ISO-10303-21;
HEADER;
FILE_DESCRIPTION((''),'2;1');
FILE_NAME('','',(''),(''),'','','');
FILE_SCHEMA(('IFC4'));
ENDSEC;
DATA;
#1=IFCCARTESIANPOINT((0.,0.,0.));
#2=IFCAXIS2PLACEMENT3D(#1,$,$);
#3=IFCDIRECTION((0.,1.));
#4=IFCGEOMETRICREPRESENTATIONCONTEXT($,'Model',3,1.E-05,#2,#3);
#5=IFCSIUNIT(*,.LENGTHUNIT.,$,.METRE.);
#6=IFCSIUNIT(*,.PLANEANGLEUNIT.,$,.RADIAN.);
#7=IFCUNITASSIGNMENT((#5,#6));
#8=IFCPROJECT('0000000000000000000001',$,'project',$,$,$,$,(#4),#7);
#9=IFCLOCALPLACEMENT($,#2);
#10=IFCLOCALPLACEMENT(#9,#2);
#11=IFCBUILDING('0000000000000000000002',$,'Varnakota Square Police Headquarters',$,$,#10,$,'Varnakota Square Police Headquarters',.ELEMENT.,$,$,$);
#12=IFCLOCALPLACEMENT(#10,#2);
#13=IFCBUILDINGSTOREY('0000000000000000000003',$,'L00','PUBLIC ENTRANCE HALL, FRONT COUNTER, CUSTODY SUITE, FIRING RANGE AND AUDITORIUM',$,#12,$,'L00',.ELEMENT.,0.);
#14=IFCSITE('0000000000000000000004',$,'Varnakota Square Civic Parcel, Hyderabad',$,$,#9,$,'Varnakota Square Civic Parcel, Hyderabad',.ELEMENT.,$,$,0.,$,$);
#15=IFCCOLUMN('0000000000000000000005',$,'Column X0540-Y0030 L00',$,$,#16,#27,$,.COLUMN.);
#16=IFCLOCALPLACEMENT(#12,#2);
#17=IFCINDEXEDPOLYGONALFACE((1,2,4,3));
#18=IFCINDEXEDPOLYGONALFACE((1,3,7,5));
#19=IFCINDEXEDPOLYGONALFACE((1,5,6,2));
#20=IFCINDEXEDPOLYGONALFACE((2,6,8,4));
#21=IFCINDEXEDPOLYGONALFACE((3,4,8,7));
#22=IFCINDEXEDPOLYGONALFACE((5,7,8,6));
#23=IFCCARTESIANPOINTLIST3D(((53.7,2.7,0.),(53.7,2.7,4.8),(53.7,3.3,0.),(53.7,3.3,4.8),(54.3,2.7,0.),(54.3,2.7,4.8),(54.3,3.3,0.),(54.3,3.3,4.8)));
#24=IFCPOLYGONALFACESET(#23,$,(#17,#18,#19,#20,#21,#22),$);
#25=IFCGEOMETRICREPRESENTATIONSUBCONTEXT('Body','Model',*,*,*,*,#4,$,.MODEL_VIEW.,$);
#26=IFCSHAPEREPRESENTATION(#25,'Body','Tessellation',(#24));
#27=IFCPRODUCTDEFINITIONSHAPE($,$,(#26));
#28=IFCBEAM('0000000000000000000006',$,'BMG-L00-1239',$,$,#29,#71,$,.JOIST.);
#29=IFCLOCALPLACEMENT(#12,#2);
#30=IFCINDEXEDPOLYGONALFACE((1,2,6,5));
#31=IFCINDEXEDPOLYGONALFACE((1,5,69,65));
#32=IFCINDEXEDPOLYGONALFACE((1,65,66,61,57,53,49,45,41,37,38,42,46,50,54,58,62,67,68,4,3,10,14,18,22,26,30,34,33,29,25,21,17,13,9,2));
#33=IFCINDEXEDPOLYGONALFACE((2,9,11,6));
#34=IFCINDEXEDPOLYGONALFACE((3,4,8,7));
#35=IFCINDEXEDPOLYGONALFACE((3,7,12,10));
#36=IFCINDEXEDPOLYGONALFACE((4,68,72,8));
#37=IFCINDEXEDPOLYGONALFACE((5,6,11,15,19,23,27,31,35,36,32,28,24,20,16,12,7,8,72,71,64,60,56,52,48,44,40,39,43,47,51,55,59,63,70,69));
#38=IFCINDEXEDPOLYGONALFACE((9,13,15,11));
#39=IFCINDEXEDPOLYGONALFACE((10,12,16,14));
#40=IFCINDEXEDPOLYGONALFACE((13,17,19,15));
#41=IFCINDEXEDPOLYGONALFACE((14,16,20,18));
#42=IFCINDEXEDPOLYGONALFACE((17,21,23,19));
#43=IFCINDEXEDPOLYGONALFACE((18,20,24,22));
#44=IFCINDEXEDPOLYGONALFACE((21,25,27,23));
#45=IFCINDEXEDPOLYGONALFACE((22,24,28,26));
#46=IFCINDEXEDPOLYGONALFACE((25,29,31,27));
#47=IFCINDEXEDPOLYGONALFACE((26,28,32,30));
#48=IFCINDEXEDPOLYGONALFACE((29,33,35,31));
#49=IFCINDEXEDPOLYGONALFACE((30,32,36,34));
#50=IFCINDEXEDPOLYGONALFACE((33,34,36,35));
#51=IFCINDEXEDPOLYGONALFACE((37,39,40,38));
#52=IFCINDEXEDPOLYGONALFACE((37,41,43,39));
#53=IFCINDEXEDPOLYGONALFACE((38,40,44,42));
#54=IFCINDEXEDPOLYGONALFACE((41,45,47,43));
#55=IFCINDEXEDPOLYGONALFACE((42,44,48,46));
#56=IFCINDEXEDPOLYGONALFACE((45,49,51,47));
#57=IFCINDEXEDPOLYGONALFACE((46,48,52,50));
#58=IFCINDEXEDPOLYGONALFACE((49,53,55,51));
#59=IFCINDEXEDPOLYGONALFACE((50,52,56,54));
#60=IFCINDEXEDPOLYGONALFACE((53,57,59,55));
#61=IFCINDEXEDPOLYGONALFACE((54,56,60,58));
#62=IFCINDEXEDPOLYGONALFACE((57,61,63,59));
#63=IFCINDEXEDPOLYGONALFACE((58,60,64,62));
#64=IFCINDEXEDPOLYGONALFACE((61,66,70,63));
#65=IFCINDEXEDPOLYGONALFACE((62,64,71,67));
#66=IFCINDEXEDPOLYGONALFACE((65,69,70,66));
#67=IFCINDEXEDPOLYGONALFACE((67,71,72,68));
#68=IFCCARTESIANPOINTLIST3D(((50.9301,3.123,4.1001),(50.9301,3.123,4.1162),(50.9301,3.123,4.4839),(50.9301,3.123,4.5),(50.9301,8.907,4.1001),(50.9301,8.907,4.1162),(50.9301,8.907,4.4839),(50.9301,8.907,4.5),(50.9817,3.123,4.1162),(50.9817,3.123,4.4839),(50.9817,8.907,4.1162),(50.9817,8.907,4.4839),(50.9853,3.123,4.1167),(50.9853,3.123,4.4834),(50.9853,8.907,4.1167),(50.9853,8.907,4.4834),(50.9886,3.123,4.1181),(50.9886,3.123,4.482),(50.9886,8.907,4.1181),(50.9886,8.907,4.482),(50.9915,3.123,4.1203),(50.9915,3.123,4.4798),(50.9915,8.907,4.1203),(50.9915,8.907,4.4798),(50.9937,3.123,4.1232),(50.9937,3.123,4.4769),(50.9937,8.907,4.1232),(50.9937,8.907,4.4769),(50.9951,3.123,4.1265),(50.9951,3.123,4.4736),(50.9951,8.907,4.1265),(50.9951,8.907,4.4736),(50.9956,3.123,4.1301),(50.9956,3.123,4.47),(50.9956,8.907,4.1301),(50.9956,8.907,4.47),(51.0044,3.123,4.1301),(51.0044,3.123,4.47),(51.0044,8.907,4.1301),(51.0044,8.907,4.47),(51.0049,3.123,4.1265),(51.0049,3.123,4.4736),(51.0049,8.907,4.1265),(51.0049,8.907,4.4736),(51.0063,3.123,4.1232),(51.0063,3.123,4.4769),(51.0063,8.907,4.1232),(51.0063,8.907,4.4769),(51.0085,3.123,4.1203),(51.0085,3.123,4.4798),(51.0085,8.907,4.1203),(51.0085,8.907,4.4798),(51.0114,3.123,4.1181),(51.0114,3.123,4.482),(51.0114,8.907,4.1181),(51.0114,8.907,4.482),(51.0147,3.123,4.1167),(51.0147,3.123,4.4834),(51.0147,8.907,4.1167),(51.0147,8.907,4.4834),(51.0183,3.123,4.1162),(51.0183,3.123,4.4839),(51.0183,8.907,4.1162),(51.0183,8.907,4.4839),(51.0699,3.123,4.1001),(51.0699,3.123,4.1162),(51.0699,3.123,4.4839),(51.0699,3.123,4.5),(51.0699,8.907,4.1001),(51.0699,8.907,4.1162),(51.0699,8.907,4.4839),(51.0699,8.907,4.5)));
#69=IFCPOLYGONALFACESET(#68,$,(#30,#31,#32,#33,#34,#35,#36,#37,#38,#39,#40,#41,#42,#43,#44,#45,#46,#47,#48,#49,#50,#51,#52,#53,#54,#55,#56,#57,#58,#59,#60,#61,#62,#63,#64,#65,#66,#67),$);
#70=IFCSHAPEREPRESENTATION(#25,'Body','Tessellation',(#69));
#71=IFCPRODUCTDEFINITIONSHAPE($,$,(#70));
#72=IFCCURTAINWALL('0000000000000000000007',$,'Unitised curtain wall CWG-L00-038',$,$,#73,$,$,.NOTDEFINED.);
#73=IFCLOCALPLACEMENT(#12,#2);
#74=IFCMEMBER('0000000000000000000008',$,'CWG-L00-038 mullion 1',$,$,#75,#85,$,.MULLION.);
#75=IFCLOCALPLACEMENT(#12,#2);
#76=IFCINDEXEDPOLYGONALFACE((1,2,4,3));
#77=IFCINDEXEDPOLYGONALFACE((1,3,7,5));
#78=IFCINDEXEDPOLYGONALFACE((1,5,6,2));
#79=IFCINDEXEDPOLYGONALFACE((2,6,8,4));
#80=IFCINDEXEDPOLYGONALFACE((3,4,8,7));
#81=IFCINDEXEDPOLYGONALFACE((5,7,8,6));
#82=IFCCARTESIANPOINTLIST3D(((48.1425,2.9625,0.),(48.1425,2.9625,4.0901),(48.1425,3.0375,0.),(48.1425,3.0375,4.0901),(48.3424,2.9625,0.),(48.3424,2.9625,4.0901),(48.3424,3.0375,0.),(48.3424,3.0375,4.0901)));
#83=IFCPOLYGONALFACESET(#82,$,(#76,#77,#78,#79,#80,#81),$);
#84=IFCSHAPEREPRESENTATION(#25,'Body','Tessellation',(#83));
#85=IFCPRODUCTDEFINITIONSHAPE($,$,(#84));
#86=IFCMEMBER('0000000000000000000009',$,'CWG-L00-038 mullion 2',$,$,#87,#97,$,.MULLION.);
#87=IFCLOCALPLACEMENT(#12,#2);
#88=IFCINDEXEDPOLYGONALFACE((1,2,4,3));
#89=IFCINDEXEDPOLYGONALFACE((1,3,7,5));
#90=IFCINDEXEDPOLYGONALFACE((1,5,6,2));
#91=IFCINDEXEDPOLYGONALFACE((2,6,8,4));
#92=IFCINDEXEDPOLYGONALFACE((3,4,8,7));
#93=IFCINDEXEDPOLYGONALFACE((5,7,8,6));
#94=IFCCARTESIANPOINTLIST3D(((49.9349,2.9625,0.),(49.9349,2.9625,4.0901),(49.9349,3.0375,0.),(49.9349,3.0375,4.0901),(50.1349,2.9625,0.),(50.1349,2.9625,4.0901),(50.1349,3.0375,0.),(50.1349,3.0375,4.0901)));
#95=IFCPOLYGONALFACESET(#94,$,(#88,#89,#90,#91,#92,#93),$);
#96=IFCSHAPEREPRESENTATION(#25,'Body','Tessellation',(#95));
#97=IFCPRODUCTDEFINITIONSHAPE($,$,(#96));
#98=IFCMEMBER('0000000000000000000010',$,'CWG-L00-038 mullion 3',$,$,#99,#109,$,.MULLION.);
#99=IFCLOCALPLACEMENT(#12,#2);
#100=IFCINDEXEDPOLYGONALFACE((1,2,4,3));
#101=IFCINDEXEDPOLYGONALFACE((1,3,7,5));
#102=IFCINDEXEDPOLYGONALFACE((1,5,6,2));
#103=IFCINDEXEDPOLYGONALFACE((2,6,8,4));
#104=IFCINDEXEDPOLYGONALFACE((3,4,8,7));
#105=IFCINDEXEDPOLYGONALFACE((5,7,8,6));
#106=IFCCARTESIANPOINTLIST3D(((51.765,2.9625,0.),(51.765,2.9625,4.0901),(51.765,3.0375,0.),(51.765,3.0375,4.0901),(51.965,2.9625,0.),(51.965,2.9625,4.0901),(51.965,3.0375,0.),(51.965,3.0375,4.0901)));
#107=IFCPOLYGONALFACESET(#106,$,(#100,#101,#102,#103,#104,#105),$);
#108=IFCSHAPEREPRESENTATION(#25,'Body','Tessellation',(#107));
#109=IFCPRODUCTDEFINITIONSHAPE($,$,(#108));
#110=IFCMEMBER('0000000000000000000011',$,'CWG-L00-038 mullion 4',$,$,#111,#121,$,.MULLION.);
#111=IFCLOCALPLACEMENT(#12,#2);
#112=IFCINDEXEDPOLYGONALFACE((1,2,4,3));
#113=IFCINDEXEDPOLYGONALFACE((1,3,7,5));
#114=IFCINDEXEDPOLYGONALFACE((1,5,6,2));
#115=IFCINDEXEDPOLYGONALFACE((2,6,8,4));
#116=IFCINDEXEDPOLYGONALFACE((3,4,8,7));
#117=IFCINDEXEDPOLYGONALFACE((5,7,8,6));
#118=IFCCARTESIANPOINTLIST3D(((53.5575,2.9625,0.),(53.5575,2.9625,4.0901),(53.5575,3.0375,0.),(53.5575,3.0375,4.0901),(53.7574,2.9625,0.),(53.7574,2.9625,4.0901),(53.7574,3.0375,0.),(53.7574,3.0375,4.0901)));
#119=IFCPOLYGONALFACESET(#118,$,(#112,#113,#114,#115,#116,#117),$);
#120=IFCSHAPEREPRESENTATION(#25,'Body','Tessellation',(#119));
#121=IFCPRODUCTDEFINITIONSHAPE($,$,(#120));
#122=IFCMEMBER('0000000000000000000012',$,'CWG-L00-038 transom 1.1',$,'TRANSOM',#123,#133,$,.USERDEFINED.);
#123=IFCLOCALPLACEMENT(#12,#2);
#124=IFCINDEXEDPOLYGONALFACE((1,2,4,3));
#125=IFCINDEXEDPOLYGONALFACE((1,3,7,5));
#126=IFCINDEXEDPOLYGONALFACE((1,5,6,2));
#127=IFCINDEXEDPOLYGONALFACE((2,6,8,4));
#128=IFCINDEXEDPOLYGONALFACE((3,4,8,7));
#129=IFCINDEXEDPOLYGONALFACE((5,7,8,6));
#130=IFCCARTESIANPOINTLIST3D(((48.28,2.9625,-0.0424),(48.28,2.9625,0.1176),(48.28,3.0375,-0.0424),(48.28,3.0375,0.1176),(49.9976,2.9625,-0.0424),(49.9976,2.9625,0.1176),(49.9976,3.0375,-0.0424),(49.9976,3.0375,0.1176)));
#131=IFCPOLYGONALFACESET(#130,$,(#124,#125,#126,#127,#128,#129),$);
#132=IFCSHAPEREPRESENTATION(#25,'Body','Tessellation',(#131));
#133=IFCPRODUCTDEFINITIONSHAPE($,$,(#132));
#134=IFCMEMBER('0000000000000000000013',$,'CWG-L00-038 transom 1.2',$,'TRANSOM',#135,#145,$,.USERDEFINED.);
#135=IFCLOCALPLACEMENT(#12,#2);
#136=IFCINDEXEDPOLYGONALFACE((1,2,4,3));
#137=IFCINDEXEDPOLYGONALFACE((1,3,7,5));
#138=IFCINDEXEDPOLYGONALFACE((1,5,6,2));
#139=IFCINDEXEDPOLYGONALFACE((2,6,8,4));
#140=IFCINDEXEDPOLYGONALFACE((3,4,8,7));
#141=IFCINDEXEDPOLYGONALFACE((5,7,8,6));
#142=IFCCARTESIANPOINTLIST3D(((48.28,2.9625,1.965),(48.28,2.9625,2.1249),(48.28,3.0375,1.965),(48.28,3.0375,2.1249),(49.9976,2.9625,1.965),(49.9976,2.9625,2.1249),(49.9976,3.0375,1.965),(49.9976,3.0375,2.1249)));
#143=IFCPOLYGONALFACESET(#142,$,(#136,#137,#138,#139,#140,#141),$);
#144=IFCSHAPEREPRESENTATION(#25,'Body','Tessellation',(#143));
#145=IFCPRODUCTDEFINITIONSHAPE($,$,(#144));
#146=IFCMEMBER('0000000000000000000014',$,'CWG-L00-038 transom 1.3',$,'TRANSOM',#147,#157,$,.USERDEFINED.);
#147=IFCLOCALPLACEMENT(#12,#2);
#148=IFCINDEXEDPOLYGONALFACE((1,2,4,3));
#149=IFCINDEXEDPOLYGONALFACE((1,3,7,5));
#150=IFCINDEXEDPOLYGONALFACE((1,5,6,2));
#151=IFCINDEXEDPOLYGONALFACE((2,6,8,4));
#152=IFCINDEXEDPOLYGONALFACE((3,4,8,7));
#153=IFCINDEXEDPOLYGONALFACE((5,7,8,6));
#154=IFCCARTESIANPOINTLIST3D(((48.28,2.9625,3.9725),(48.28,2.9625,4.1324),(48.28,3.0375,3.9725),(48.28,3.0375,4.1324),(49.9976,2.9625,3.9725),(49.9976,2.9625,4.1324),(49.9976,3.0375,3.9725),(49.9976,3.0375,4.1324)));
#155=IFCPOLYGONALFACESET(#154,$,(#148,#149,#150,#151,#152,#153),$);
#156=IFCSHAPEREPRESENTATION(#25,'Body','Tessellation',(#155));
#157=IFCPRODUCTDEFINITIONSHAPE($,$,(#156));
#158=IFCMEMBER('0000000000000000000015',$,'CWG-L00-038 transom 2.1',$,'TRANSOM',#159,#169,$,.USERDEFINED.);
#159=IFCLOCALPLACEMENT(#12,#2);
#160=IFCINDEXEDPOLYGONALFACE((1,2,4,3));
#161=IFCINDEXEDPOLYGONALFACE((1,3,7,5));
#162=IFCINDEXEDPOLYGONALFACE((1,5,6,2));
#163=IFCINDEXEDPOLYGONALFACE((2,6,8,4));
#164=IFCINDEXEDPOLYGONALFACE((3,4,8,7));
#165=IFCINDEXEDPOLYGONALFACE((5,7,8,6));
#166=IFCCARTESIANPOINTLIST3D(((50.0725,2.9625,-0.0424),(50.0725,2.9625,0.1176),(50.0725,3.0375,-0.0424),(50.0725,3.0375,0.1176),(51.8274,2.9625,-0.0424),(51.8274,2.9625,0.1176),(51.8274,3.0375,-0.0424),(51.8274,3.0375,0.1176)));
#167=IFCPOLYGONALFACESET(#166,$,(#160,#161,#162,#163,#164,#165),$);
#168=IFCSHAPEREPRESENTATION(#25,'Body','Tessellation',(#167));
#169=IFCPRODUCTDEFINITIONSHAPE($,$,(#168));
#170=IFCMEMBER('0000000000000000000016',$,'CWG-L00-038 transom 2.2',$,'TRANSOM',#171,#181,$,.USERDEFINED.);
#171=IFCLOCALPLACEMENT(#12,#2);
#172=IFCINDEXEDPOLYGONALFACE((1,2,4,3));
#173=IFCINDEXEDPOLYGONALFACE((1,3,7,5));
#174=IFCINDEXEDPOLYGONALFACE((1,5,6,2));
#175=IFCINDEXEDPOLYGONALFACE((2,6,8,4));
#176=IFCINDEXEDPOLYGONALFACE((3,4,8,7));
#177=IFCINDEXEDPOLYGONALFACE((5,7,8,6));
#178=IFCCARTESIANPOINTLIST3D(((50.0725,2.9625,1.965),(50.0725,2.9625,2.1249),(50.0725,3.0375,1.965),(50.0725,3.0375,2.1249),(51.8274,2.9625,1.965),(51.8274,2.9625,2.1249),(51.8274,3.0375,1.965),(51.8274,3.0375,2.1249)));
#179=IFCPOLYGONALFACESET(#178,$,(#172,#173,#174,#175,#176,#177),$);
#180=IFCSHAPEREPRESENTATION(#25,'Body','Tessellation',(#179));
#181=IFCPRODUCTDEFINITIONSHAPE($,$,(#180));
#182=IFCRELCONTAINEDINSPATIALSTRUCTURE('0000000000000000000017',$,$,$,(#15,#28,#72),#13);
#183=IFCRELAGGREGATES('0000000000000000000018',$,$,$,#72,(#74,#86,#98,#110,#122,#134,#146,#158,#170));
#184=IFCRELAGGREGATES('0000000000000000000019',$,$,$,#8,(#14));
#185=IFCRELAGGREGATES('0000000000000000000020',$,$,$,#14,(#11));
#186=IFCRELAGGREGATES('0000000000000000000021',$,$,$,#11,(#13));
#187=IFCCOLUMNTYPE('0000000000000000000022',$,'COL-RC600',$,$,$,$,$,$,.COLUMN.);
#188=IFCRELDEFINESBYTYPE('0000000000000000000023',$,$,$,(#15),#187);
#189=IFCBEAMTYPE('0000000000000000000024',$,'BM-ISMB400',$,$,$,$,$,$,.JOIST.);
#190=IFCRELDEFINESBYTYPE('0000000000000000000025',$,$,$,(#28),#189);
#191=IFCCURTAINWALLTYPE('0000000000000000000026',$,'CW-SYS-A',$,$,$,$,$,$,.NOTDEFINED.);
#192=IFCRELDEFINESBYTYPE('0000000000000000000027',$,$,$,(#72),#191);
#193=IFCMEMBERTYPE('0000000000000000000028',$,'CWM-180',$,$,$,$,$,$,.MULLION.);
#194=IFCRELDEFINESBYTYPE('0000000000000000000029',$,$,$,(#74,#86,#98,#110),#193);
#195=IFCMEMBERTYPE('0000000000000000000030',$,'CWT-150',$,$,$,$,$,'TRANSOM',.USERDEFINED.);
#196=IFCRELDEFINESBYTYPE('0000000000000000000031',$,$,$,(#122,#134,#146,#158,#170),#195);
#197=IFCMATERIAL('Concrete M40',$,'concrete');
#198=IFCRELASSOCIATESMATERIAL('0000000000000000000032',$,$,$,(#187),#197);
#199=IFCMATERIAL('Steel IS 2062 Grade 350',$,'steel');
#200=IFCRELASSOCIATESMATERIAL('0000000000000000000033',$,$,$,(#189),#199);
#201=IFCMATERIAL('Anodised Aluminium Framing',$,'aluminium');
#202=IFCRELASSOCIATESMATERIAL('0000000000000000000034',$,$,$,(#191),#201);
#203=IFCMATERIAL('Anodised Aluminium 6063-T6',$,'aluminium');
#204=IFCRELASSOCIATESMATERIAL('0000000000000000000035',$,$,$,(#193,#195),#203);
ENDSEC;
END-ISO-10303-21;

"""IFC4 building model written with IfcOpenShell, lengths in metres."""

from ifc_helpers import new_model, si_unit, direction, frame, origin, origin_2d, place, context, subcontext, project, spatial, rectangle, i_section, extrude, material, material_profile, profile_set, type_object, element, aggregate, save


model = new_model("IFC4")

# Units and contexts
model_context = context("Model", 3, precision=1e-05, world=origin(), true_north=direction((0.0, 1.0)))
body_context = subcontext(model_context, "Body", "Model", "MODEL_VIEW")
ifc_project = project(units=[si_unit("LENGTHUNIT", "METRE"), si_unit("PLANEANGLEUNIT", "RADIAN")], contexts=[model_context])

# Site, building, storey
site_placement = place(None, origin())
site = spatial("IfcSite", under=ifc_project, at=site_placement, Name="Varnakota Square Civic Parcel, Hyderabad", LongName="Varnakota Square Civic Parcel, Hyderabad", CompositionType="ELEMENT", RefElevation=0.0)
building_placement = place(site_placement, origin())
building = spatial("IfcBuilding", under=site, at=building_placement, Name="Varnakota Square Police Headquarters", LongName="Varnakota Square Police Headquarters", CompositionType="ELEMENT")
storey_placement = place(building_placement, origin())
storey = spatial("IfcBuildingStorey", under=building, at=storey_placement, Name="L00", Description="PUBLIC ENTRANCE HALL, FRONT COUNTER, CUSTODY SUITE, FIRING RANGE AND AUDITORIUM", LongName="L00", CompositionType="ELEMENT", Elevation=0.0)

# Column
ifc_material_1 = material(Name="Concrete M40", Category="concrete")
ifc_material_profile_1 = material_profile(ifc_material_1, rectangle(XDim=0.6001, YDim=0.6001, at=origin_2d()), Name="RC 600x600")
ifc_profile_set_1 = profile_set([ifc_material_profile_1], Name="Concrete M40")
column_type = type_object("IfcColumnType", Name="COL-RC600", PredefinedType="COLUMN", material=ifc_profile_set_1)
column_placement = place(storey_placement, frame((54.0, 3.0, 0.0), z_axis=(0.0, 0.0, 1.0), x_axis=(1.0, 0.0, 0.0)))
element("IfcColumn", 1, at=column_placement, inside=storey, type_object=column_type, Name="Column X0540-Y0030 L00", PredefinedType="COLUMN", context=body_context, shape_type="SweptSolid", body=[
    extrude(rectangle(XDim=0.6001, YDim=0.6001, at=origin_2d()), origin(), (0.0, 0.0, 1.0), 4.8),
])

# Beam
ifc_material_2 = material(Name="Steel IS 2062 Grade 350", Category="steel")
ifc_material_profile_2 = material_profile(ifc_material_2, i_section(OverallWidth=0.1399, OverallDepth=0.3999, WebThickness=0.0088, FlangeThickness=0.0161, FilletRadius=0.0139, at=origin_2d()), Name="ISMB 400")
ifc_profile_set_2 = profile_set([ifc_material_profile_2], Name="Steel IS 2062 Grade 350")
beam_type = type_object("IfcBeamType", Name="BM-ISMB400", PredefinedType="JOIST", material=ifc_profile_set_2)
beam_placement = place(storey_placement, frame((51.0, 3.123, 4.3), z_axis=(0.0, 1.0, 0.0), x_axis=(-1.0, 0.0, 0.0)))
element("IfcBeam", 2, at=beam_placement, inside=storey, type_object=beam_type, Name="BMG-L00-1239", PredefinedType="JOIST", context=body_context, shape_type="SweptSolid", body=[
    extrude(i_section(OverallWidth=0.1399, OverallDepth=0.3999, WebThickness=0.0088, FlangeThickness=0.0161, FilletRadius=0.0139, at=origin_2d()), origin(), (0.0, 0.0, 1.0), 5.7839),
])

# Curtain wall, members
ifc_material_3 = material(Name="Anodised Aluminium Framing", Category="aluminium")
curtain_wall_type = type_object("IfcCurtainWallType", Name="CW-SYS-A", PredefinedType="NOTDEFINED", material=ifc_material_3)
curtain_wall_placement = place(storey_placement, origin())
curtain_wall = element("IfcCurtainWall", 3, at=curtain_wall_placement, inside=storey, type_object=curtain_wall_type, Name="Unitised curtain wall CWG-L00-038", PredefinedType="NOTDEFINED")
ifc_material_4 = material(Name="Anodised Aluminium 6063-T6", Category="aluminium")
ifc_material_profile_3 = material_profile(ifc_material_4, rectangle(XDim=0.075, YDim=0.2, at=origin_2d()), Name="ALU MULLION 75x200")
ifc_profile_set_3 = profile_set([ifc_material_profile_3], Name="Anodised Aluminium 6063-T6")
member_type_1 = type_object("IfcMemberType", Name="CWM-180", PredefinedType="MULLION", material=ifc_profile_set_3)
member_1_placement = place(storey_placement, frame((48.2424, 3.0, 0.0), z_axis=(0.0, 0.0, 1.0), x_axis=(0.0, 1.0, 0.0)))
member_1 = element("IfcMember", 4, at=member_1_placement, type_object=member_type_1, Name="CWG-L00-038 mullion 1", PredefinedType="MULLION", context=body_context, shape_type="SweptSolid", body=[
    extrude(rectangle(XDim=0.075, YDim=0.2, at=origin_2d()), origin(), (0.0, 0.0, 1.0), 4.0901),
])
member_2_placement = place(storey_placement, frame((50.0349, 3.0, 0.0), z_axis=(0.0, 0.0, 1.0), x_axis=(0.0, 1.0, 0.0)))
member_2 = element("IfcMember", 5, at=member_2_placement, type_object=member_type_1, Name="CWG-L00-038 mullion 2", PredefinedType="MULLION", context=body_context, shape_type="SweptSolid", body=[
    extrude(rectangle(XDim=0.075, YDim=0.2, at=origin_2d()), origin(), (0.0, 0.0, 1.0), 4.0901),
])
member_3_placement = place(storey_placement, frame((51.865, 3.0, 0.0), z_axis=(0.0, 0.0, 1.0), x_axis=(0.0, 1.0, 0.0)))
member_3 = element("IfcMember", 6, at=member_3_placement, type_object=member_type_1, Name="CWG-L00-038 mullion 3", PredefinedType="MULLION", context=body_context, shape_type="SweptSolid", body=[
    extrude(rectangle(XDim=0.075, YDim=0.2, at=origin_2d()), origin(), (0.0, 0.0, 1.0), 4.0901),
])
member_4_placement = place(storey_placement, frame((53.6575, 3.0, 0.0), z_axis=(0.0, 0.0, 1.0), x_axis=(0.0, 1.0, 0.0)))
member_4 = element("IfcMember", 7, at=member_4_placement, type_object=member_type_1, Name="CWG-L00-038 mullion 4", PredefinedType="MULLION", context=body_context, shape_type="SweptSolid", body=[
    extrude(rectangle(XDim=0.075, YDim=0.2, at=origin_2d()), origin(), (0.0, 0.0, 1.0), 4.0901),
])
ifc_material_profile_4 = material_profile(ifc_material_4, rectangle(XDim=0.075, YDim=0.1599, at=origin_2d()), Name="ALU TRANSOM 75x160")
ifc_profile_set_4 = profile_set([ifc_material_profile_4], Name="Anodised Aluminium 6063-T6")
member_type_2 = type_object("IfcMemberType", Name="CWT-150", ElementType="TRANSOM", PredefinedType="USERDEFINED", material=ifc_profile_set_4)
member_5_placement = place(storey_placement, frame((48.28, 3.0, 0.0376), z_axis=(1.0, 0.0, 0.0), x_axis=(0.0, 1.0, 0.0)))
member_5 = element("IfcMember", 8, at=member_5_placement, type_object=member_type_2, Name="CWG-L00-038 transom 1.1", ObjectType="TRANSOM", PredefinedType="USERDEFINED", context=body_context, shape_type="SweptSolid", body=[
    extrude(rectangle(XDim=0.075, YDim=0.1599, at=origin_2d()), origin(), (0.0, 0.0, 1.0), 1.7175),
])
member_6_placement = place(storey_placement, frame((48.28, 3.0, 2.0449), z_axis=(1.0, 0.0, 0.0), x_axis=(0.0, 1.0, 0.0)))
member_6 = element("IfcMember", 9, at=member_6_placement, type_object=member_type_2, Name="CWG-L00-038 transom 1.2", ObjectType="TRANSOM", PredefinedType="USERDEFINED", context=body_context, shape_type="SweptSolid", body=[
    extrude(rectangle(XDim=0.075, YDim=0.1599, at=origin_2d()), origin(), (0.0, 0.0, 1.0), 1.7175),
])
member_7_placement = place(storey_placement, frame((48.28, 3.0, 4.0525), z_axis=(1.0, 0.0, 0.0), x_axis=(0.0, 1.0, 0.0)))
member_7 = element("IfcMember", 10, at=member_7_placement, type_object=member_type_2, Name="CWG-L00-038 transom 1.3", ObjectType="TRANSOM", PredefinedType="USERDEFINED", context=body_context, shape_type="SweptSolid", body=[
    extrude(rectangle(XDim=0.075, YDim=0.1599, at=origin_2d()), origin(), (0.0, 0.0, 1.0), 1.7175),
])
member_8_placement = place(storey_placement, frame((50.0725, 3.0, 0.0376), z_axis=(1.0, 0.0, 0.0), x_axis=(0.0, 1.0, 0.0)))
member_8 = element("IfcMember", 11, at=member_8_placement, type_object=member_type_2, Name="CWG-L00-038 transom 2.1", ObjectType="TRANSOM", PredefinedType="USERDEFINED", context=body_context, shape_type="SweptSolid", body=[
    extrude(rectangle(XDim=0.075, YDim=0.1599, at=origin_2d()), origin(), (0.0, 0.0, 1.0), 1.7549),
])
member_9_placement = place(storey_placement, frame((50.0725, 3.0, 2.0449), z_axis=(1.0, 0.0, 0.0), x_axis=(0.0, 1.0, 0.0)))
member_9 = element("IfcMember", 12, at=member_9_placement, type_object=member_type_2, Name="CWG-L00-038 transom 2.2", ObjectType="TRANSOM", PredefinedType="USERDEFINED", context=body_context, shape_type="SweptSolid", body=[
    extrude(rectangle(XDim=0.075, YDim=0.1599, at=origin_2d()), origin(), (0.0, 0.0, 1.0), 1.7549),
])
aggregate(curtain_wall, [member_1, member_2, member_3, member_4, member_5, member_6, member_7, member_8, member_9])

save(model, "model.ifc")
